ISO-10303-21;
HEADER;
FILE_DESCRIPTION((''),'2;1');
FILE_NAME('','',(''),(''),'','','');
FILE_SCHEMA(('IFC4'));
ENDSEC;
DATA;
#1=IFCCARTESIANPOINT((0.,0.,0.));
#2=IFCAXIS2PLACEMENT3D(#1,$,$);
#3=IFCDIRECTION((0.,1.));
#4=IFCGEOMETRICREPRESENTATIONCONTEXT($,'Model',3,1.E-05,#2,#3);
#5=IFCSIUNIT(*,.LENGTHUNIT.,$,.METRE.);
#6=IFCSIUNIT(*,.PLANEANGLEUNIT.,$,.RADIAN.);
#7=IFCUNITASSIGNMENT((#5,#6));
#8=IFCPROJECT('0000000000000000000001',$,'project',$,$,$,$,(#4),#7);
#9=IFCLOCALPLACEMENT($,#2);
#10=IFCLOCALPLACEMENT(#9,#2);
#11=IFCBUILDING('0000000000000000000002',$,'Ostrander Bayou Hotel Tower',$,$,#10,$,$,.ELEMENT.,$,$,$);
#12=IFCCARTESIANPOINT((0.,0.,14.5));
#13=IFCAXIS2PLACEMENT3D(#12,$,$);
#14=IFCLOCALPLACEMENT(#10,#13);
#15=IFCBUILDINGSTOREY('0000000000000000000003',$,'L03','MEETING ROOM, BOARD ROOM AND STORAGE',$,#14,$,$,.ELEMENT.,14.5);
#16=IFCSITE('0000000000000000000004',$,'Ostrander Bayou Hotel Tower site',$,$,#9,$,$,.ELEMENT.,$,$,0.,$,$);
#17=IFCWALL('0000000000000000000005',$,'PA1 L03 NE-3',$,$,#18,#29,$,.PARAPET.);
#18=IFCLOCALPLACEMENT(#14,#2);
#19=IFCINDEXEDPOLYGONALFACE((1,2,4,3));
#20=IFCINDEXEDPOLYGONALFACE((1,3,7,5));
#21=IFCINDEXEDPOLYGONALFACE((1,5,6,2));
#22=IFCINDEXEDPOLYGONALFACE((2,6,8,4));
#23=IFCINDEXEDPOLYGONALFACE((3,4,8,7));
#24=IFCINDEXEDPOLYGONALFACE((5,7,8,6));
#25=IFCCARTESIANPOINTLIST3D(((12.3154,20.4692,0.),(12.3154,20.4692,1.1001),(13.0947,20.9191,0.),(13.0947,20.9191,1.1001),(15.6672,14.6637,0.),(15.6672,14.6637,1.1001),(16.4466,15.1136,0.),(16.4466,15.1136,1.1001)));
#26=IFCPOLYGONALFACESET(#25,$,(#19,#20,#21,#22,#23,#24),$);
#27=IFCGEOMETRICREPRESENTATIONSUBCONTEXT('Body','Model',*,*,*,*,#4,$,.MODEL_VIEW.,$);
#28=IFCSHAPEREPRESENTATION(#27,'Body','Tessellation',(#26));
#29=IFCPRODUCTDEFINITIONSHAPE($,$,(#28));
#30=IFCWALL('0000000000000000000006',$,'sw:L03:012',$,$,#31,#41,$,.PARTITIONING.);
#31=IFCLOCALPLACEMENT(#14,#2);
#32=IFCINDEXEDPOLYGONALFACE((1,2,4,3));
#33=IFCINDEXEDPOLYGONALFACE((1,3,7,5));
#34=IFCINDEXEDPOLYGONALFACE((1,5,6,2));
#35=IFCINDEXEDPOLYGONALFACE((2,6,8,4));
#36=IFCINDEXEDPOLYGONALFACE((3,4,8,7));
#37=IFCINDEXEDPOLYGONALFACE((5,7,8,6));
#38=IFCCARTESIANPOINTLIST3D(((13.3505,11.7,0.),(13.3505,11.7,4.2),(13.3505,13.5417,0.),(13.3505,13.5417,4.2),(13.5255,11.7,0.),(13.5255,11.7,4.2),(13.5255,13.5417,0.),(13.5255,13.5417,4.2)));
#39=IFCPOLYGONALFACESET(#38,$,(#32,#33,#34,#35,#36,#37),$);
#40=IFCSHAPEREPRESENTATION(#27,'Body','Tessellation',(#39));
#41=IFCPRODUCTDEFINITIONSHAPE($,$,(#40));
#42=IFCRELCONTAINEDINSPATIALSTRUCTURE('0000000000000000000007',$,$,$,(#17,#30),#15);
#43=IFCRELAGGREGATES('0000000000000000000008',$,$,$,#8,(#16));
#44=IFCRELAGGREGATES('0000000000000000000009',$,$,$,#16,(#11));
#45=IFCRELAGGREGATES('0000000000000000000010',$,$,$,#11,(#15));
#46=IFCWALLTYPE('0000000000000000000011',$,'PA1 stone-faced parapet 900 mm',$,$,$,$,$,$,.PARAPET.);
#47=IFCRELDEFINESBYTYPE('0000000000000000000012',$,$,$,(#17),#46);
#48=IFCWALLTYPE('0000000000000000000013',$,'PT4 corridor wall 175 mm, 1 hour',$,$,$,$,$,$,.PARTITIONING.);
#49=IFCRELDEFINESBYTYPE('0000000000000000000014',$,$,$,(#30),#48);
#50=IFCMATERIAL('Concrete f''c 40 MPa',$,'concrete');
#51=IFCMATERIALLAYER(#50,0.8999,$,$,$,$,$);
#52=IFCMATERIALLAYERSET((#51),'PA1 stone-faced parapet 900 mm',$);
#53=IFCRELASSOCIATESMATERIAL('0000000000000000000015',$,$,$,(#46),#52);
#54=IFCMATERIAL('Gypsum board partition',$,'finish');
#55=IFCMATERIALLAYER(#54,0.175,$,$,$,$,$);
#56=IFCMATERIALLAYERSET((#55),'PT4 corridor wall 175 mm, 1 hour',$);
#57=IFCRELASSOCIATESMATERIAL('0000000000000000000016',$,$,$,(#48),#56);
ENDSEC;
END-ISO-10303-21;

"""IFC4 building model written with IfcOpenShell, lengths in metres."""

from ifc_helpers import new_model, si_unit, direction, frame, frame_2d, origin, place, context, subcontext, project, spatial, rectangle, extrude, material, layer, layer_set, type_object, element, save


model = new_model("IFC4")

# Units and contexts
model_context = context("Model", 3, precision=1e-05, world=origin(), true_north=direction((0.0, 1.0)))
body_context = subcontext(model_context, "Body", "Model", "MODEL_VIEW")
ifc_project = project(units=[si_unit("LENGTHUNIT", "METRE"), si_unit("PLANEANGLEUNIT", "RADIAN")], contexts=[model_context])

# Site, building, storey
site_placement = place(None, origin())
site = spatial("IfcSite", under=ifc_project, at=site_placement, Name="Ostrander Bayou Hotel Tower site", CompositionType="ELEMENT", RefElevation=0.0)
building_placement = place(site_placement, origin())
building = spatial("IfcBuilding", under=site, at=building_placement, Name="Ostrander Bayou Hotel Tower", CompositionType="ELEMENT")
storey_placement = place(building_placement, frame((0.0, 0.0, 14.5)))
storey = spatial("IfcBuildingStorey", under=building, at=storey_placement, Name="L03", Description="MEETING ROOM, BOARD ROOM AND STORAGE", CompositionType="ELEMENT", Elevation=14.5)

# Walls
ifc_material_1 = material(Name="Concrete f'c 40 MPa", Category="concrete")
ifc_layer_1 = layer(ifc_material_1, 0.8999)
ifc_layer_set_1 = layer_set([ifc_layer_1], Name="PA1 stone-faced parapet 900 mm")
wall_type_1 = type_object("IfcWallType", Name="PA1 stone-faced parapet 900 mm", PredefinedType="PARAPET", material=ifc_layer_set_1)
wall_1_placement = place(storey_placement, frame((16.0569, 14.8887, 0.0), z_axis=(0.0, 0.0, 1.0), x_axis=(-0.500005, 0.866022, 0.0)))
element("IfcWall", 1, at=wall_1_placement, inside=storey, type_object=wall_type_1, Name="PA1 L03 NE-3", PredefinedType="PARAPET", context=body_context, shape_type="SweptSolid", body=[
    extrude(rectangle(XDim=6.7036, YDim=0.8999, at=frame_2d((3.3518, 0.0))), origin(), (0.0, 0.0, 1.0), 1.1001),
])
ifc_material_2 = material(Name="Gypsum board partition", Category="finish")
ifc_layer_2 = layer(ifc_material_2, 0.175)
ifc_layer_set_2 = layer_set([ifc_layer_2], Name="PT4 corridor wall 175 mm, 1 hour")
wall_type_2 = type_object("IfcWallType", Name="PT4 corridor wall 175 mm, 1 hour", PredefinedType="PARTITIONING", material=ifc_layer_set_2)
wall_2_placement = place(storey_placement, frame((13.438, 11.7, 0.0), z_axis=(0.0, 0.0, 1.0), x_axis=(0.0, 1.0, 0.0)))
element("IfcWall", 2, at=wall_2_placement, inside=storey, type_object=wall_type_2, Name="sw:L03:012", PredefinedType="PARTITIONING", context=body_context, shape_type="SweptSolid", body=[
    extrude(rectangle(XDim=1.8418, YDim=0.175, at=frame_2d((0.9209, 0.0))), origin(), (0.0, 0.0, 1.0), 4.2),
])

save(model, "model.ifc")
